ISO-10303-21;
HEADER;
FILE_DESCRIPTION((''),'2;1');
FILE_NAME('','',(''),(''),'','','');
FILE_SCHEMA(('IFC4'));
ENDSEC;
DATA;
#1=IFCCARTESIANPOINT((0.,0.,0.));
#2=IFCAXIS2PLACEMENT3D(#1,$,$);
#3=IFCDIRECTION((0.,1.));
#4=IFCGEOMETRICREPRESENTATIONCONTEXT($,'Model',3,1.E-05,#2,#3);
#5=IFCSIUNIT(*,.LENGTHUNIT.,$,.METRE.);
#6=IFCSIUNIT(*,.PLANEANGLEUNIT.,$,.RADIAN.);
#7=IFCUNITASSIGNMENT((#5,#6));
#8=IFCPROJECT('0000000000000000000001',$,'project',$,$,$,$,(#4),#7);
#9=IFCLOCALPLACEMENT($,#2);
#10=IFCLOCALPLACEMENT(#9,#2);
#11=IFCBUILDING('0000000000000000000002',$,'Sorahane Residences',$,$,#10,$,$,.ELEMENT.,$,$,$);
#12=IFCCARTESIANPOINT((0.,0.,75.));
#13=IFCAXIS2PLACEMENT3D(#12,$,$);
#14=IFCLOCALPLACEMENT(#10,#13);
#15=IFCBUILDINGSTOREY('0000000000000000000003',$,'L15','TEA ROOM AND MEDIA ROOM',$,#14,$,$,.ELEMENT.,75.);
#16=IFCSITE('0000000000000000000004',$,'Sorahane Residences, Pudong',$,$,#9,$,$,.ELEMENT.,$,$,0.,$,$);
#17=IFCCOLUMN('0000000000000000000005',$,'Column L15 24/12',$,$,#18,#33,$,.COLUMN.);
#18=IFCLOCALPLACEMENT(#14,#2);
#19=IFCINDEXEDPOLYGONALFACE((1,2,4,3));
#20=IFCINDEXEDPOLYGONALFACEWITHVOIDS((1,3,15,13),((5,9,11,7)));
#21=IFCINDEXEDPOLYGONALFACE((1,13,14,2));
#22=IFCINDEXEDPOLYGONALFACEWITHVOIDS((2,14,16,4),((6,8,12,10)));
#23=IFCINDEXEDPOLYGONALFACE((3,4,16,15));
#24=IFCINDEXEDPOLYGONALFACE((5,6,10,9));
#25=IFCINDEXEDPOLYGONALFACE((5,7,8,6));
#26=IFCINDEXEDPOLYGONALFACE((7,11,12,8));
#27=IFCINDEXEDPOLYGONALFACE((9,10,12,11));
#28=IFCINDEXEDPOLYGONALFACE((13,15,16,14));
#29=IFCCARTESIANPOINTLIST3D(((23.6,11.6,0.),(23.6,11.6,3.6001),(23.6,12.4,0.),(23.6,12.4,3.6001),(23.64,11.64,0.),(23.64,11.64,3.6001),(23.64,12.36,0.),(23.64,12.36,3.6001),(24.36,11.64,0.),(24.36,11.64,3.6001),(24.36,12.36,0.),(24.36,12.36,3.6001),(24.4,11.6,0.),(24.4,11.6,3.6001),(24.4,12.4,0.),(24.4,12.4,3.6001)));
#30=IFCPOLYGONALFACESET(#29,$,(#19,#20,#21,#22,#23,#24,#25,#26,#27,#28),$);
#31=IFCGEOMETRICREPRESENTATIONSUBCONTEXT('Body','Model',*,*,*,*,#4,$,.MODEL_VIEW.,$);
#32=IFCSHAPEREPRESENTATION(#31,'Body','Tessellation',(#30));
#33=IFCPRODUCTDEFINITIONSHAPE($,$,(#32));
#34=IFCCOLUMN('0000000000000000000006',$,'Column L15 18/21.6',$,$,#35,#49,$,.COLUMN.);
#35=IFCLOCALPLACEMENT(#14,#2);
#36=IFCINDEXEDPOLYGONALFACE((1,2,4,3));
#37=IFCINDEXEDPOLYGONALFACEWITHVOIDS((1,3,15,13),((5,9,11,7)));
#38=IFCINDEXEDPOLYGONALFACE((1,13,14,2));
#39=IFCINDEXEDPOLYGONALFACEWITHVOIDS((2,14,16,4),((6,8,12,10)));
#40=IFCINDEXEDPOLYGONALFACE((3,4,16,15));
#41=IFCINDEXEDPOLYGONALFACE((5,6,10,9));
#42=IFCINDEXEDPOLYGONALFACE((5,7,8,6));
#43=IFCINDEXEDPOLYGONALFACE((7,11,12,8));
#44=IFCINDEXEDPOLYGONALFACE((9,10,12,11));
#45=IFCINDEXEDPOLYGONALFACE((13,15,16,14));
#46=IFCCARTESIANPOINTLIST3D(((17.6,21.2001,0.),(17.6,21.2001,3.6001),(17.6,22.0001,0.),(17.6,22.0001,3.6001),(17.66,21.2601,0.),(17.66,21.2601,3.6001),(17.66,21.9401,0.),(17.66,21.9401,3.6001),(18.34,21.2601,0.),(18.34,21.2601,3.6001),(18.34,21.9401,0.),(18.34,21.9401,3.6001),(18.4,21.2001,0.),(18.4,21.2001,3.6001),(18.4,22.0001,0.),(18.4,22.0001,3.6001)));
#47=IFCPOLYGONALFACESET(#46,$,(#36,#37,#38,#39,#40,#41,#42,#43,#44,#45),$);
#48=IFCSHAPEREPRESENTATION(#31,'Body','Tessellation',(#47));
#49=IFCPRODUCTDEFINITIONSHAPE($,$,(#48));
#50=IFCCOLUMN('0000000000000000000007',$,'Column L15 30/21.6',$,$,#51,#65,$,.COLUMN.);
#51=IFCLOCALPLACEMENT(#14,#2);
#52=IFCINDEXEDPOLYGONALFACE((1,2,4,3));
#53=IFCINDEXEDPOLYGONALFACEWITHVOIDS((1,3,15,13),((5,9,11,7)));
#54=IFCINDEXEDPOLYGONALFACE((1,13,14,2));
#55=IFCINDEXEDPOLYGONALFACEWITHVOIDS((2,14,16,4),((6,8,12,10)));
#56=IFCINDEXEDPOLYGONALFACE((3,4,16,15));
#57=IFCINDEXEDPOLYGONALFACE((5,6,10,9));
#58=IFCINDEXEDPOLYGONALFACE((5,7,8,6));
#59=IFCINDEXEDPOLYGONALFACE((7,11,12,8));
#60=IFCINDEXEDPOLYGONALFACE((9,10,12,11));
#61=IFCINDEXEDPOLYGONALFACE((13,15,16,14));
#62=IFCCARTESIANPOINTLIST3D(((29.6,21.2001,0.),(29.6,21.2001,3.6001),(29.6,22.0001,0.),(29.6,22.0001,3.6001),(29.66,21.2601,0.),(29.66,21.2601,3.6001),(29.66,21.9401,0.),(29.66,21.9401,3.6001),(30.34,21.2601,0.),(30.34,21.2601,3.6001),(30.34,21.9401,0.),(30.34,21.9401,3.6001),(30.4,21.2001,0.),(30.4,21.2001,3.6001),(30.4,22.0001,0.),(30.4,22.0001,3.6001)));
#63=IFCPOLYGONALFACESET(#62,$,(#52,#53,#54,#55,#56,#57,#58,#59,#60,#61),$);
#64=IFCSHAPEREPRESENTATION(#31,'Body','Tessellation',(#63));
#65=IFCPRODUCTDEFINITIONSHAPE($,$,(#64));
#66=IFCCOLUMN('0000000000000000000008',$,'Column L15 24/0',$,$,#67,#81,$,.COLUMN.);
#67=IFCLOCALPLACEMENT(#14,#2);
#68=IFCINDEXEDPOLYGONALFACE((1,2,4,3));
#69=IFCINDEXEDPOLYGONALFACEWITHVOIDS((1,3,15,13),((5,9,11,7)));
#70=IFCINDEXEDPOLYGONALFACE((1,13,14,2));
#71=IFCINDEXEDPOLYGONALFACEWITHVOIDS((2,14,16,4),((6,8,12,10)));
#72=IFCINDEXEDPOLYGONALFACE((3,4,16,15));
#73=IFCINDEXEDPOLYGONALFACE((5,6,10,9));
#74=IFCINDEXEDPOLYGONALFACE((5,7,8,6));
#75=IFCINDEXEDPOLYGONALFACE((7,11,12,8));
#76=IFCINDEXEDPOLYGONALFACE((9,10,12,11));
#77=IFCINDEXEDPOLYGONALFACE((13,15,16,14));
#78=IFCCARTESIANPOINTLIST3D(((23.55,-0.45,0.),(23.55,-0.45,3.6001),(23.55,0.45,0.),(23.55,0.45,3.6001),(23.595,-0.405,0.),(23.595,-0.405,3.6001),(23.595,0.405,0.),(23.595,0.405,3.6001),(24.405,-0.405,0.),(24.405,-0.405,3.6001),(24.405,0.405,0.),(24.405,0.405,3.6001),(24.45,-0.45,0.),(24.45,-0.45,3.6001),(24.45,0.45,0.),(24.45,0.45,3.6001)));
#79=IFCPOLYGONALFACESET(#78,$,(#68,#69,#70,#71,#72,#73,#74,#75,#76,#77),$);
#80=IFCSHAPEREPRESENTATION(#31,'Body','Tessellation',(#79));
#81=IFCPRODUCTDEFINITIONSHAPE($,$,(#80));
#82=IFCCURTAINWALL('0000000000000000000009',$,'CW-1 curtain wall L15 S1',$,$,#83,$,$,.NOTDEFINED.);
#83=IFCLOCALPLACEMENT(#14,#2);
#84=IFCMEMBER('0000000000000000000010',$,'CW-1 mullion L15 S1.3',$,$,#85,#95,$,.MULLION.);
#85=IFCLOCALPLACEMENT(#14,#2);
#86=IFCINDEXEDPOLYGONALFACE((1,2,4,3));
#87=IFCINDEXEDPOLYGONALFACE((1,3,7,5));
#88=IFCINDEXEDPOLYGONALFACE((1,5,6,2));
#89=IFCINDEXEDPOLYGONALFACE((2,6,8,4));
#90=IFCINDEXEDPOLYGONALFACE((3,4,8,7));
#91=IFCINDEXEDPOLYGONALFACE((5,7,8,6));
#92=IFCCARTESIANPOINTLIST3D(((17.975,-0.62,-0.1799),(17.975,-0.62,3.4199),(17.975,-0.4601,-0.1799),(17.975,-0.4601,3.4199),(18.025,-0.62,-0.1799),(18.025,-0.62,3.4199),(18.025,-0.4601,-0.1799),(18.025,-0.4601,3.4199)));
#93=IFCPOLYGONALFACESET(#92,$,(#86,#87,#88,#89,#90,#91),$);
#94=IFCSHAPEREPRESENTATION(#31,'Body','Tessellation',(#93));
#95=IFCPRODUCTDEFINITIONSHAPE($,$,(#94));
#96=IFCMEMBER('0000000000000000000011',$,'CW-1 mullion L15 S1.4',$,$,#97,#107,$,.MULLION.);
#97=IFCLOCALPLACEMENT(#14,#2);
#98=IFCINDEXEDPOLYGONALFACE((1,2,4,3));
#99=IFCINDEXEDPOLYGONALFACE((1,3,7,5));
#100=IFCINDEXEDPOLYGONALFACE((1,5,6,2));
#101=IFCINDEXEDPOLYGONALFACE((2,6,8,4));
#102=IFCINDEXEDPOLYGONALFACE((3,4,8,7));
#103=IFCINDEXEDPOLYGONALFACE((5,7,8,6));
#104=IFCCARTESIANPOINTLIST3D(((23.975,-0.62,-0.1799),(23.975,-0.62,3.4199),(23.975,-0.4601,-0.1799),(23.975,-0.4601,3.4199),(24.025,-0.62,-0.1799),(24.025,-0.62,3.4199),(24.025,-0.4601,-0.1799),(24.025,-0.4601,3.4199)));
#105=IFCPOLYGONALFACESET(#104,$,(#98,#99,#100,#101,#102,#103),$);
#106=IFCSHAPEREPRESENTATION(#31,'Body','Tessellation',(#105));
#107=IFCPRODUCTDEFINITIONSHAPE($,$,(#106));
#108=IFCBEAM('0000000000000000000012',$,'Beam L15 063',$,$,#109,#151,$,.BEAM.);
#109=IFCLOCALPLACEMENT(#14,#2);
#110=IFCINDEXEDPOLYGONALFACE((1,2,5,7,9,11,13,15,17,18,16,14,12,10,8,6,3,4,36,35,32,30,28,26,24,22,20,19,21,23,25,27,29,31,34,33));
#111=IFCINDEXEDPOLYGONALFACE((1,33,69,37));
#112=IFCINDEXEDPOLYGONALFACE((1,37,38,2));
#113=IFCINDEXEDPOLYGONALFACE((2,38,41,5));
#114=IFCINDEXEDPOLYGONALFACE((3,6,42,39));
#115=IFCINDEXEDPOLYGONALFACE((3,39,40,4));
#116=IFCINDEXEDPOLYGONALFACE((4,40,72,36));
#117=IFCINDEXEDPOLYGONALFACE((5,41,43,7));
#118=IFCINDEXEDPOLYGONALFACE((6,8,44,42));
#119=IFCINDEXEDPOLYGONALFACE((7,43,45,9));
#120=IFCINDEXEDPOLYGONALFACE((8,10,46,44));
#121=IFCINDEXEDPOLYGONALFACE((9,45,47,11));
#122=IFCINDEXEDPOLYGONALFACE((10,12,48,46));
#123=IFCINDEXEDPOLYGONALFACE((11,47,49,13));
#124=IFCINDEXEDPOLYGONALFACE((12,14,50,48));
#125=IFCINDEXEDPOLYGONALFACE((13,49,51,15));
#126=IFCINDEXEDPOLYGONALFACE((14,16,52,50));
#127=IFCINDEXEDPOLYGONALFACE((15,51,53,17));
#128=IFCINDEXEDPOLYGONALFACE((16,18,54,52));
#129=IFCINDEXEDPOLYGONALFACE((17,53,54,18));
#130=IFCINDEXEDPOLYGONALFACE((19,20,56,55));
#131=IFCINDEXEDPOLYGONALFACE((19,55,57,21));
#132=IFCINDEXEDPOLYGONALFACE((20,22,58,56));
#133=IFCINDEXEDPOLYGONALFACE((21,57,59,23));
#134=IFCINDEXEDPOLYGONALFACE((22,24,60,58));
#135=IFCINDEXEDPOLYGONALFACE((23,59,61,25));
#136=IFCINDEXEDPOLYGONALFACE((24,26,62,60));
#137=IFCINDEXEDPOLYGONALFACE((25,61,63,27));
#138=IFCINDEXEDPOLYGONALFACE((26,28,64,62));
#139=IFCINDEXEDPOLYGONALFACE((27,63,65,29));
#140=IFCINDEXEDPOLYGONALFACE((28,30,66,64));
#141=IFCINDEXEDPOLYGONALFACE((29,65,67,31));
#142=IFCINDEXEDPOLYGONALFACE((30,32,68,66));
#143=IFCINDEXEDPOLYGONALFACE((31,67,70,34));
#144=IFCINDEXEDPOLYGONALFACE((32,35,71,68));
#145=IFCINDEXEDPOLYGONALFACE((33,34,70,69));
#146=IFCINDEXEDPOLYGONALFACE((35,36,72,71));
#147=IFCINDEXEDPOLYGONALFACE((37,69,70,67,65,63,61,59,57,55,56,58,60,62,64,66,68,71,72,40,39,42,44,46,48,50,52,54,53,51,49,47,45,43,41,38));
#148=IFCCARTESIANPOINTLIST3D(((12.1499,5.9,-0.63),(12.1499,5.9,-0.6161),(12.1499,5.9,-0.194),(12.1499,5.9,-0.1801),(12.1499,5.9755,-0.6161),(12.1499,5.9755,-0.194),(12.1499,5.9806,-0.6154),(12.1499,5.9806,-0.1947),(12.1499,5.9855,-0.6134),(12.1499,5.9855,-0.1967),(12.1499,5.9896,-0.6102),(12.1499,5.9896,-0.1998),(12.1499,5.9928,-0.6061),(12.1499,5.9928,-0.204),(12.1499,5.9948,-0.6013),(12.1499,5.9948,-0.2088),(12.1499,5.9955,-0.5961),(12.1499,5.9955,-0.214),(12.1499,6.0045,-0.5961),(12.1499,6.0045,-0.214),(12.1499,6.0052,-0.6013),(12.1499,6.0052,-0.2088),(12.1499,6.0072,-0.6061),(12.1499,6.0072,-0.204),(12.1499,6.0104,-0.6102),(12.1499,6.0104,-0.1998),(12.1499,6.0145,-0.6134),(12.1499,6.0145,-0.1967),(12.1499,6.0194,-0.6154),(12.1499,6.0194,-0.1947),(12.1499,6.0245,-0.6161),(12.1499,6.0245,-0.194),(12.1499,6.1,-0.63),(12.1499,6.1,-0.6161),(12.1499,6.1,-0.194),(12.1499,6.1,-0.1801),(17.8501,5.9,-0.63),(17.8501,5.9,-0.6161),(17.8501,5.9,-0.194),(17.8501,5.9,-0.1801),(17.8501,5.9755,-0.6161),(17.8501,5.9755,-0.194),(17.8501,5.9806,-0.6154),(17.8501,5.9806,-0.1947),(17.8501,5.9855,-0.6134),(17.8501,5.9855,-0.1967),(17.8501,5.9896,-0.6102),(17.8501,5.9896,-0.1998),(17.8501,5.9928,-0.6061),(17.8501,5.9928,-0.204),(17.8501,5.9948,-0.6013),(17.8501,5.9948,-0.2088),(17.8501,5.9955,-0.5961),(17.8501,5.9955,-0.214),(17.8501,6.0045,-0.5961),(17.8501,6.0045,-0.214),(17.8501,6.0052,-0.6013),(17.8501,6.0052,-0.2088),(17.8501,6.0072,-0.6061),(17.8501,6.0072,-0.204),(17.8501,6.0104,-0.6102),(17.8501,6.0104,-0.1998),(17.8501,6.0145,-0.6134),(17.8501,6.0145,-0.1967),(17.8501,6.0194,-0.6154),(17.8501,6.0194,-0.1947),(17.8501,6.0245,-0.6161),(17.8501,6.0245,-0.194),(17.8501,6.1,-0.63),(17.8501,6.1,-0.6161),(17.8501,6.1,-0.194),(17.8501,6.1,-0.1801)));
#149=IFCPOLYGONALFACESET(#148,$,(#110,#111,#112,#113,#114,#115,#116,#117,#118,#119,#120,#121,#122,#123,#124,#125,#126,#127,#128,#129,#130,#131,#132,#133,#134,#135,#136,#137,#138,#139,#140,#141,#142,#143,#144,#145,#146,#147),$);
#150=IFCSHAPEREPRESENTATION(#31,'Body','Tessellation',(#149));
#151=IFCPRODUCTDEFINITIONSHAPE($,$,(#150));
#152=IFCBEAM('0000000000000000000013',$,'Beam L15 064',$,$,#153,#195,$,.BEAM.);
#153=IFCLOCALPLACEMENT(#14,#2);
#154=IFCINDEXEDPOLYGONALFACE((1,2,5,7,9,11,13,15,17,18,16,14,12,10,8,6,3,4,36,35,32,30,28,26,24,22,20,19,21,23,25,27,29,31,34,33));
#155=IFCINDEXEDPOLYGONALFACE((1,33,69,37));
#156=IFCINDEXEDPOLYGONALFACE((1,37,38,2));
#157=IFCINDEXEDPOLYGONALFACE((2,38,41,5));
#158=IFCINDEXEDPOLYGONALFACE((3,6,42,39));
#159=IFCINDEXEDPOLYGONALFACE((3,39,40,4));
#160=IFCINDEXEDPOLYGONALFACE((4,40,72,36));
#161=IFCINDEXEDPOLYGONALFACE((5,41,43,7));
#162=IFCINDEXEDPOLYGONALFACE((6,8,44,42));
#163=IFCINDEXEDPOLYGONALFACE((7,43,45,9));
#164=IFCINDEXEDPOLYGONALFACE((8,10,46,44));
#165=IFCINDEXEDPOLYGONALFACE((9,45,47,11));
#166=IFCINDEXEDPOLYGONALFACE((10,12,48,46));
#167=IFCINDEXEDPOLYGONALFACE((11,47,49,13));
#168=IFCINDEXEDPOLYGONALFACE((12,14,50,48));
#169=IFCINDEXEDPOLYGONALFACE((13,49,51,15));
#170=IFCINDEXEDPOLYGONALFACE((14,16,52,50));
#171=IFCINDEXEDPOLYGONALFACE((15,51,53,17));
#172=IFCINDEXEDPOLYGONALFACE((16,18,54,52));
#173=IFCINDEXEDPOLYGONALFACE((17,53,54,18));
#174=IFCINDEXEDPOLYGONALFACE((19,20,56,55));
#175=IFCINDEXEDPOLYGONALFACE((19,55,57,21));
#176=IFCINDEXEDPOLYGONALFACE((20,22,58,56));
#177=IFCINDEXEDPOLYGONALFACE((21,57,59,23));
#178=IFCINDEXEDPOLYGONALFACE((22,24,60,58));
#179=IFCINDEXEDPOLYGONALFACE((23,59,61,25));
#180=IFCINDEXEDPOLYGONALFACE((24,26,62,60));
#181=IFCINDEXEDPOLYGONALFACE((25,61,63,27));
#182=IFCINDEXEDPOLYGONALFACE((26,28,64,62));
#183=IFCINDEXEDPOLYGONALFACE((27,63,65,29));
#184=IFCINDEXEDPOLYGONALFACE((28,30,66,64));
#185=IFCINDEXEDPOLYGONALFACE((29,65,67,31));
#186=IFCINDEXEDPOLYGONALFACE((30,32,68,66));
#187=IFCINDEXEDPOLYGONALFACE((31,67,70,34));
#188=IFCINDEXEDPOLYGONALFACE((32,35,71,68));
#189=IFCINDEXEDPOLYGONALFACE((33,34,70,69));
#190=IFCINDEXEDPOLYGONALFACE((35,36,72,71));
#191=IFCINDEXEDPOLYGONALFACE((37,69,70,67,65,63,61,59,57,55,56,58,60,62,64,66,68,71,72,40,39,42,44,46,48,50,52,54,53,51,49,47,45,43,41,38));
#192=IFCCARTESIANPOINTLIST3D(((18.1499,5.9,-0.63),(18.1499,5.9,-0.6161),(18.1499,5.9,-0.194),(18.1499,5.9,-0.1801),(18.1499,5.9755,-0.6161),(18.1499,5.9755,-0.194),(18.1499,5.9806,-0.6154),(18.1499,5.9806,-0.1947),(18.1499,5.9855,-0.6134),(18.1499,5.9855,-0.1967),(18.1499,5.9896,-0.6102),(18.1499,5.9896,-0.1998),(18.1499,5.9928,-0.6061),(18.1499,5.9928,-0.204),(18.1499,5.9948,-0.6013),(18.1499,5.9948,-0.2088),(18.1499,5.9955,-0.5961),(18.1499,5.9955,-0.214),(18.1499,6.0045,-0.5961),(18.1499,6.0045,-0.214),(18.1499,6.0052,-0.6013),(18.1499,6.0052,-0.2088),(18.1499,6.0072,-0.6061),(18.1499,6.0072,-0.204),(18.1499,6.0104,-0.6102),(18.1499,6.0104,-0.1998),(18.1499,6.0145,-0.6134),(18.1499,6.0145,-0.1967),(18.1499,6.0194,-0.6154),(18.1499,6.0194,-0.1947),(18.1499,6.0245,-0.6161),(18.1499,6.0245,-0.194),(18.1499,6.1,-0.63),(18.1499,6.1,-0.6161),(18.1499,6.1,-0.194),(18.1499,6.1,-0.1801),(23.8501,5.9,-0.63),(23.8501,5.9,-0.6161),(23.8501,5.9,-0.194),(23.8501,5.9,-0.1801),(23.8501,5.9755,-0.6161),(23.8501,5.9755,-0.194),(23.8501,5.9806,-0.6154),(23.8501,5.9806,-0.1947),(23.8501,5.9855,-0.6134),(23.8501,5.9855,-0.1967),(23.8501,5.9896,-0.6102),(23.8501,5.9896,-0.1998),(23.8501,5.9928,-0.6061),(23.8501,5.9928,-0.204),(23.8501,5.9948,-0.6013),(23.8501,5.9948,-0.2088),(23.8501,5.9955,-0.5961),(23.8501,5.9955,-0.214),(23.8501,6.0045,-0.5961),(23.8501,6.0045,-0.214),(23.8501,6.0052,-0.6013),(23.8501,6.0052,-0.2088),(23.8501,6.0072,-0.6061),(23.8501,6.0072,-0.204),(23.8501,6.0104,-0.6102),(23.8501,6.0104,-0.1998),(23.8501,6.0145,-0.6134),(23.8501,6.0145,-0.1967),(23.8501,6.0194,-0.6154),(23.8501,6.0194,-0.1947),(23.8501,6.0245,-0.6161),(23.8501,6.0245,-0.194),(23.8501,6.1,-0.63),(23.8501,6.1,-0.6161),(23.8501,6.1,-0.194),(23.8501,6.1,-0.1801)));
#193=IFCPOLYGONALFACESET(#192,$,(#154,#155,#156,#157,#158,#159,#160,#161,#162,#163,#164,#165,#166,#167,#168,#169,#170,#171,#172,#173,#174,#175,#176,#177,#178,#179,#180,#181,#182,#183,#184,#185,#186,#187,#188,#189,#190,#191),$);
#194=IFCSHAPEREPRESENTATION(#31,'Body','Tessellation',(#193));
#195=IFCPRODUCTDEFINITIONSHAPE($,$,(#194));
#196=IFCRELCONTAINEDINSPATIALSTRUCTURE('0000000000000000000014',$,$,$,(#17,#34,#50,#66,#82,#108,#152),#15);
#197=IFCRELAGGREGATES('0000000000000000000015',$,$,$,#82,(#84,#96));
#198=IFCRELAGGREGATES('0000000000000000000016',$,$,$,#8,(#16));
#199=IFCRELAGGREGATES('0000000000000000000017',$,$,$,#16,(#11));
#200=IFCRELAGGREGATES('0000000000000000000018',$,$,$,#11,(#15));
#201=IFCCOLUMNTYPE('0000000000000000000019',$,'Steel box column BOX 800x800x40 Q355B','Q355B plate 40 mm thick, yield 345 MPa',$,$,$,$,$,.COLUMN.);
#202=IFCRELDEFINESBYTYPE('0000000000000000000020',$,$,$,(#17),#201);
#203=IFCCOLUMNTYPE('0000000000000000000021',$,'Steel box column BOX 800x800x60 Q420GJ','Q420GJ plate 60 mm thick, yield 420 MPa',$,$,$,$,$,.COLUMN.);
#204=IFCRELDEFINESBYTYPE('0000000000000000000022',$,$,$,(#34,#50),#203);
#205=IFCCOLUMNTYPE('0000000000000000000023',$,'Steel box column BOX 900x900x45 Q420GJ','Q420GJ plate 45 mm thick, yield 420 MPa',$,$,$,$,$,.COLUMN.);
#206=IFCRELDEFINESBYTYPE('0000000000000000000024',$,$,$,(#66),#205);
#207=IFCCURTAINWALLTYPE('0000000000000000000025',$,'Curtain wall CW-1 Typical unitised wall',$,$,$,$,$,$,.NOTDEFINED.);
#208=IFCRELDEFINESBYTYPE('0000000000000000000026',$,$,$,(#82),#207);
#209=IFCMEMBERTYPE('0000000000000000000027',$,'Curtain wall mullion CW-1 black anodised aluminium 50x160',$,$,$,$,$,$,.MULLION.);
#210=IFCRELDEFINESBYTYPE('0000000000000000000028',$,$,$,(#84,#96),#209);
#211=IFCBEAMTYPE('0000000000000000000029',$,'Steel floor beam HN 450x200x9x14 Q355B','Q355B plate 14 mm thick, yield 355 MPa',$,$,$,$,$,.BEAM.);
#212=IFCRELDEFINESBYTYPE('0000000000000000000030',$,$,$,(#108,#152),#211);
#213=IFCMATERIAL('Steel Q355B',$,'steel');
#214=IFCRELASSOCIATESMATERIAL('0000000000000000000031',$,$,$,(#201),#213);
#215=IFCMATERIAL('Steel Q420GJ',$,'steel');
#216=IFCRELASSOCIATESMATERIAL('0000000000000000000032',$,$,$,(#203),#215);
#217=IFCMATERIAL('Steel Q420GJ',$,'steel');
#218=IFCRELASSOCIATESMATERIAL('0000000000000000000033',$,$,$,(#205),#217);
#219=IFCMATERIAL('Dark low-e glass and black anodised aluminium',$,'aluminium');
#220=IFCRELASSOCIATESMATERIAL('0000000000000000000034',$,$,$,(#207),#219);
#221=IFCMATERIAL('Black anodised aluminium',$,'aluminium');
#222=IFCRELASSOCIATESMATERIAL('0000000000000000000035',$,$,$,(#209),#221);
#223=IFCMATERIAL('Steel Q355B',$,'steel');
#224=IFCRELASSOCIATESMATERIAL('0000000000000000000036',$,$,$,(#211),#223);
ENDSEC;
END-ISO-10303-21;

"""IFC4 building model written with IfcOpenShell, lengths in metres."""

from ifc_helpers import new_model, si_unit, direction, frame, origin, origin_2d, place, context, subcontext, project, spatial, rectangle, hollow_rectangle, i_section, extrude, material, material_profile, profile_set, type_object, element, aggregate, save


model = new_model("IFC4")

# Units and contexts
model_context = context("Model", 3, precision=1e-05, world=origin(), true_north=direction((0.0, 1.0)))
body_context = subcontext(model_context, "Body", "Model", "MODEL_VIEW")
ifc_project = project(units=[si_unit("LENGTHUNIT", "METRE"), si_unit("PLANEANGLEUNIT", "RADIAN")], contexts=[model_context])

# Site, building, storey
site_placement = place(None, origin())
site = spatial("IfcSite", under=ifc_project, at=site_placement, Name="Sorahane Residences, Pudong", CompositionType="ELEMENT", RefElevation=0.0)
building_placement = place(site_placement, origin())
building = spatial("IfcBuilding", under=site, at=building_placement, Name="Sorahane Residences", CompositionType="ELEMENT")
storey_placement = place(building_placement, frame((0.0, 0.0, 75.0)))
storey = spatial("IfcBuildingStorey", under=building, at=storey_placement, Name="L15", Description="TEA ROOM AND MEDIA ROOM", CompositionType="ELEMENT", Elevation=75.0)

# Columns
ifc_material_1 = material(Name="Steel Q355B", Category="steel")
ifc_material_profile_1 = material_profile(ifc_material_1, hollow_rectangle(XDim=0.8, YDim=0.8, WallThickness=0.04, at=origin_2d()), Name="BOX 800x800x40")
ifc_profile_set_1 = profile_set([ifc_material_profile_1], Name="Steel Q355B")
column_type_1 = type_object("IfcColumnType", Name="Steel box column BOX 800x800x40 Q355B", Description="Q355B plate 40 mm thick, yield 345 MPa", PredefinedType="COLUMN", material=ifc_profile_set_1)
column_1_placement = place(storey_placement, frame((24.0, 12.0, 0.0), z_axis=(0.0, 0.0, 1.0), x_axis=(1.0, 0.0, 0.0)))
element("IfcColumn", 1, at=column_1_placement, inside=storey, type_object=column_type_1, Name="Column L15 24/12", PredefinedType="COLUMN", context=body_context, shape_type="SweptSolid", body=[
    extrude(hollow_rectangle(XDim=0.8, YDim=0.8, WallThickness=0.04, at=origin_2d()), origin(), (0.0, 0.0, 1.0), 3.6001),
])
ifc_material_2 = material(Name="Steel Q420GJ", Category="steel")
ifc_material_profile_2 = material_profile(ifc_material_2, hollow_rectangle(XDim=0.8, YDim=0.8, WallThickness=0.0601, at=origin_2d()), Name="BOX 800x800x60")
ifc_profile_set_2 = profile_set([ifc_material_profile_2], Name="Steel Q420GJ")
column_type_2 = type_object("IfcColumnType", Name="Steel box column BOX 800x800x60 Q420GJ", Description="Q420GJ plate 60 mm thick, yield 420 MPa", PredefinedType="COLUMN", material=ifc_profile_set_2)
for number, where, z_axis, x_axis, name in (
    (2, (18.0, 21.6001, 0.0), (0.0, 0.0, 1.0), (1.0, 0.0, 0.0), "Column L15 18/21.6"),
    (3, (30.0, 21.6001, 0.0), (0.0, 0.0, 1.0), (1.0, 0.0, 0.0), "Column L15 30/21.6"),
):
    element("IfcColumn", number, at=place(storey_placement, frame(where, z_axis=z_axis, x_axis=x_axis)), inside=storey, type_object=column_type_2, Name=name, PredefinedType="COLUMN", context=body_context, shape_type="SweptSolid", body=[
        extrude(hollow_rectangle(XDim=0.8, YDim=0.8, WallThickness=0.0601, at=origin_2d()), origin(), (0.0, 0.0, 1.0), 3.6001),
    ])
ifc_material_3 = material(Name="Steel Q420GJ", Category="steel")
ifc_material_profile_3 = material_profile(ifc_material_3, hollow_rectangle(XDim=0.8999, YDim=0.8999, WallThickness=0.0449, at=origin_2d()), Name="BOX 900x900x45")
ifc_profile_set_3 = profile_set([ifc_material_profile_3], Name="Steel Q420GJ")
column_type_3 = type_object("IfcColumnType", Name="Steel box column BOX 900x900x45 Q420GJ", Description="Q420GJ plate 45 mm thick, yield 420 MPa", PredefinedType="COLUMN", material=ifc_profile_set_3)
column_2_placement = place(storey_placement, frame((24.0, 0.0, 0.0), z_axis=(0.0, 0.0, 1.0), x_axis=(1.0, 0.0, 0.0)))
element("IfcColumn", 4, at=column_2_placement, inside=storey, type_object=column_type_3, Name="Column L15 24/0", PredefinedType="COLUMN", context=body_context, shape_type="SweptSolid", body=[
    extrude(hollow_rectangle(XDim=0.8999, YDim=0.8999, WallThickness=0.0449, at=origin_2d()), origin(), (0.0, 0.0, 1.0), 3.6001),
])

# Curtain wall, members
ifc_material_4 = material(Name="Dark low-e glass and black anodised aluminium", Category="aluminium")
curtain_wall_type = type_object("IfcCurtainWallType", Name="Curtain wall CW-1 Typical unitised wall", PredefinedType="NOTDEFINED", material=ifc_material_4)
curtain_wall_placement = place(storey_placement, origin())
curtain_wall = element("IfcCurtainWall", 5, at=curtain_wall_placement, inside=storey, type_object=curtain_wall_type, Name="CW-1 curtain wall L15 S1", PredefinedType="NOTDEFINED")
ifc_material_5 = material(Name="Black anodised aluminium", Category="aluminium")
ifc_material_profile_4 = material_profile(ifc_material_5, rectangle(XDim=0.1599, YDim=0.05, at=origin_2d()), Name="Curtain wall mullion CW-1 black anodised aluminium 50x160")
ifc_profile_set_4 = profile_set([ifc_material_profile_4], Name="Black anodised aluminium")
member_type = type_object("IfcMemberType", Name="Curtain wall mullion CW-1 black anodised aluminium 50x160", PredefinedType="MULLION", material=ifc_profile_set_4)
member_1_placement = place(storey_placement, frame((18.0, -0.54, -0.1799), z_axis=(0.0, 0.0, 1.0), x_axis=(0.0, -1.0, 0.0)))
member_1 = element("IfcMember", 6, at=member_1_placement, type_object=member_type, Name="CW-1 mullion L15 S1.3", PredefinedType="MULLION", context=body_context, shape_type="SweptSolid", body=[
    extrude(rectangle(XDim=0.1599, YDim=0.05, at=origin_2d()), origin(), (0.0, 0.0, 1.0), 3.5999),
])
member_2_placement = place(storey_placement, frame((24.0, -0.54, -0.1799), z_axis=(0.0, 0.0, 1.0), x_axis=(0.0, -1.0, 0.0)))
member_2 = element("IfcMember", 7, at=member_2_placement, type_object=member_type, Name="CW-1 mullion L15 S1.4", PredefinedType="MULLION", context=body_context, shape_type="SweptSolid", body=[
    extrude(rectangle(XDim=0.1599, YDim=0.05, at=origin_2d()), origin(), (0.0, 0.0, 1.0), 3.5999),
])

# Beams
ifc_material_6 = material(Name="Steel Q355B", Category="steel")
ifc_material_profile_5 = material_profile(ifc_material_6, i_section(OverallWidth=0.2, OverallDepth=0.45, WebThickness=0.009, FlangeThickness=0.0139, FilletRadius=0.02, at=origin_2d()), Name="HN 450x200x9x14")
ifc_profile_set_5 = profile_set([ifc_material_profile_5], Name="Steel Q355B")
beam_type_1 = type_object("IfcBeamType", Name="Steel floor beam HN 450x200x9x14 Q355B", Description="Q355B plate 14 mm thick, yield 355 MPa", PredefinedType="BEAM", material=ifc_profile_set_5)
for number, where, z_axis, x_axis, name in (
    (8, (12.1499, 6.0, -0.405), (1.0, 0.0, 0.0), (0.0, 1.0, 0.0), "Beam L15 063"),
    (9, (18.1499, 6.0, -0.405), (1.0, 0.0, 0.0), (0.0, 1.0, 0.0), "Beam L15 064"),
):
    element("IfcBeam", number, at=place(storey_placement, frame(where, z_axis=z_axis, x_axis=x_axis)), inside=storey, type_object=beam_type_1, Name=name, PredefinedType="BEAM", context=body_context, shape_type="SweptSolid", body=[
        extrude(i_section(OverallWidth=0.2, OverallDepth=0.45, WebThickness=0.009, FlangeThickness=0.0139, FilletRadius=0.02, at=origin_2d()), origin(), (0.0, 0.0, 1.0), 5.7002),
    ])

aggregate(curtain_wall, [member_1, member_2])

save(model, "model.ifc")
